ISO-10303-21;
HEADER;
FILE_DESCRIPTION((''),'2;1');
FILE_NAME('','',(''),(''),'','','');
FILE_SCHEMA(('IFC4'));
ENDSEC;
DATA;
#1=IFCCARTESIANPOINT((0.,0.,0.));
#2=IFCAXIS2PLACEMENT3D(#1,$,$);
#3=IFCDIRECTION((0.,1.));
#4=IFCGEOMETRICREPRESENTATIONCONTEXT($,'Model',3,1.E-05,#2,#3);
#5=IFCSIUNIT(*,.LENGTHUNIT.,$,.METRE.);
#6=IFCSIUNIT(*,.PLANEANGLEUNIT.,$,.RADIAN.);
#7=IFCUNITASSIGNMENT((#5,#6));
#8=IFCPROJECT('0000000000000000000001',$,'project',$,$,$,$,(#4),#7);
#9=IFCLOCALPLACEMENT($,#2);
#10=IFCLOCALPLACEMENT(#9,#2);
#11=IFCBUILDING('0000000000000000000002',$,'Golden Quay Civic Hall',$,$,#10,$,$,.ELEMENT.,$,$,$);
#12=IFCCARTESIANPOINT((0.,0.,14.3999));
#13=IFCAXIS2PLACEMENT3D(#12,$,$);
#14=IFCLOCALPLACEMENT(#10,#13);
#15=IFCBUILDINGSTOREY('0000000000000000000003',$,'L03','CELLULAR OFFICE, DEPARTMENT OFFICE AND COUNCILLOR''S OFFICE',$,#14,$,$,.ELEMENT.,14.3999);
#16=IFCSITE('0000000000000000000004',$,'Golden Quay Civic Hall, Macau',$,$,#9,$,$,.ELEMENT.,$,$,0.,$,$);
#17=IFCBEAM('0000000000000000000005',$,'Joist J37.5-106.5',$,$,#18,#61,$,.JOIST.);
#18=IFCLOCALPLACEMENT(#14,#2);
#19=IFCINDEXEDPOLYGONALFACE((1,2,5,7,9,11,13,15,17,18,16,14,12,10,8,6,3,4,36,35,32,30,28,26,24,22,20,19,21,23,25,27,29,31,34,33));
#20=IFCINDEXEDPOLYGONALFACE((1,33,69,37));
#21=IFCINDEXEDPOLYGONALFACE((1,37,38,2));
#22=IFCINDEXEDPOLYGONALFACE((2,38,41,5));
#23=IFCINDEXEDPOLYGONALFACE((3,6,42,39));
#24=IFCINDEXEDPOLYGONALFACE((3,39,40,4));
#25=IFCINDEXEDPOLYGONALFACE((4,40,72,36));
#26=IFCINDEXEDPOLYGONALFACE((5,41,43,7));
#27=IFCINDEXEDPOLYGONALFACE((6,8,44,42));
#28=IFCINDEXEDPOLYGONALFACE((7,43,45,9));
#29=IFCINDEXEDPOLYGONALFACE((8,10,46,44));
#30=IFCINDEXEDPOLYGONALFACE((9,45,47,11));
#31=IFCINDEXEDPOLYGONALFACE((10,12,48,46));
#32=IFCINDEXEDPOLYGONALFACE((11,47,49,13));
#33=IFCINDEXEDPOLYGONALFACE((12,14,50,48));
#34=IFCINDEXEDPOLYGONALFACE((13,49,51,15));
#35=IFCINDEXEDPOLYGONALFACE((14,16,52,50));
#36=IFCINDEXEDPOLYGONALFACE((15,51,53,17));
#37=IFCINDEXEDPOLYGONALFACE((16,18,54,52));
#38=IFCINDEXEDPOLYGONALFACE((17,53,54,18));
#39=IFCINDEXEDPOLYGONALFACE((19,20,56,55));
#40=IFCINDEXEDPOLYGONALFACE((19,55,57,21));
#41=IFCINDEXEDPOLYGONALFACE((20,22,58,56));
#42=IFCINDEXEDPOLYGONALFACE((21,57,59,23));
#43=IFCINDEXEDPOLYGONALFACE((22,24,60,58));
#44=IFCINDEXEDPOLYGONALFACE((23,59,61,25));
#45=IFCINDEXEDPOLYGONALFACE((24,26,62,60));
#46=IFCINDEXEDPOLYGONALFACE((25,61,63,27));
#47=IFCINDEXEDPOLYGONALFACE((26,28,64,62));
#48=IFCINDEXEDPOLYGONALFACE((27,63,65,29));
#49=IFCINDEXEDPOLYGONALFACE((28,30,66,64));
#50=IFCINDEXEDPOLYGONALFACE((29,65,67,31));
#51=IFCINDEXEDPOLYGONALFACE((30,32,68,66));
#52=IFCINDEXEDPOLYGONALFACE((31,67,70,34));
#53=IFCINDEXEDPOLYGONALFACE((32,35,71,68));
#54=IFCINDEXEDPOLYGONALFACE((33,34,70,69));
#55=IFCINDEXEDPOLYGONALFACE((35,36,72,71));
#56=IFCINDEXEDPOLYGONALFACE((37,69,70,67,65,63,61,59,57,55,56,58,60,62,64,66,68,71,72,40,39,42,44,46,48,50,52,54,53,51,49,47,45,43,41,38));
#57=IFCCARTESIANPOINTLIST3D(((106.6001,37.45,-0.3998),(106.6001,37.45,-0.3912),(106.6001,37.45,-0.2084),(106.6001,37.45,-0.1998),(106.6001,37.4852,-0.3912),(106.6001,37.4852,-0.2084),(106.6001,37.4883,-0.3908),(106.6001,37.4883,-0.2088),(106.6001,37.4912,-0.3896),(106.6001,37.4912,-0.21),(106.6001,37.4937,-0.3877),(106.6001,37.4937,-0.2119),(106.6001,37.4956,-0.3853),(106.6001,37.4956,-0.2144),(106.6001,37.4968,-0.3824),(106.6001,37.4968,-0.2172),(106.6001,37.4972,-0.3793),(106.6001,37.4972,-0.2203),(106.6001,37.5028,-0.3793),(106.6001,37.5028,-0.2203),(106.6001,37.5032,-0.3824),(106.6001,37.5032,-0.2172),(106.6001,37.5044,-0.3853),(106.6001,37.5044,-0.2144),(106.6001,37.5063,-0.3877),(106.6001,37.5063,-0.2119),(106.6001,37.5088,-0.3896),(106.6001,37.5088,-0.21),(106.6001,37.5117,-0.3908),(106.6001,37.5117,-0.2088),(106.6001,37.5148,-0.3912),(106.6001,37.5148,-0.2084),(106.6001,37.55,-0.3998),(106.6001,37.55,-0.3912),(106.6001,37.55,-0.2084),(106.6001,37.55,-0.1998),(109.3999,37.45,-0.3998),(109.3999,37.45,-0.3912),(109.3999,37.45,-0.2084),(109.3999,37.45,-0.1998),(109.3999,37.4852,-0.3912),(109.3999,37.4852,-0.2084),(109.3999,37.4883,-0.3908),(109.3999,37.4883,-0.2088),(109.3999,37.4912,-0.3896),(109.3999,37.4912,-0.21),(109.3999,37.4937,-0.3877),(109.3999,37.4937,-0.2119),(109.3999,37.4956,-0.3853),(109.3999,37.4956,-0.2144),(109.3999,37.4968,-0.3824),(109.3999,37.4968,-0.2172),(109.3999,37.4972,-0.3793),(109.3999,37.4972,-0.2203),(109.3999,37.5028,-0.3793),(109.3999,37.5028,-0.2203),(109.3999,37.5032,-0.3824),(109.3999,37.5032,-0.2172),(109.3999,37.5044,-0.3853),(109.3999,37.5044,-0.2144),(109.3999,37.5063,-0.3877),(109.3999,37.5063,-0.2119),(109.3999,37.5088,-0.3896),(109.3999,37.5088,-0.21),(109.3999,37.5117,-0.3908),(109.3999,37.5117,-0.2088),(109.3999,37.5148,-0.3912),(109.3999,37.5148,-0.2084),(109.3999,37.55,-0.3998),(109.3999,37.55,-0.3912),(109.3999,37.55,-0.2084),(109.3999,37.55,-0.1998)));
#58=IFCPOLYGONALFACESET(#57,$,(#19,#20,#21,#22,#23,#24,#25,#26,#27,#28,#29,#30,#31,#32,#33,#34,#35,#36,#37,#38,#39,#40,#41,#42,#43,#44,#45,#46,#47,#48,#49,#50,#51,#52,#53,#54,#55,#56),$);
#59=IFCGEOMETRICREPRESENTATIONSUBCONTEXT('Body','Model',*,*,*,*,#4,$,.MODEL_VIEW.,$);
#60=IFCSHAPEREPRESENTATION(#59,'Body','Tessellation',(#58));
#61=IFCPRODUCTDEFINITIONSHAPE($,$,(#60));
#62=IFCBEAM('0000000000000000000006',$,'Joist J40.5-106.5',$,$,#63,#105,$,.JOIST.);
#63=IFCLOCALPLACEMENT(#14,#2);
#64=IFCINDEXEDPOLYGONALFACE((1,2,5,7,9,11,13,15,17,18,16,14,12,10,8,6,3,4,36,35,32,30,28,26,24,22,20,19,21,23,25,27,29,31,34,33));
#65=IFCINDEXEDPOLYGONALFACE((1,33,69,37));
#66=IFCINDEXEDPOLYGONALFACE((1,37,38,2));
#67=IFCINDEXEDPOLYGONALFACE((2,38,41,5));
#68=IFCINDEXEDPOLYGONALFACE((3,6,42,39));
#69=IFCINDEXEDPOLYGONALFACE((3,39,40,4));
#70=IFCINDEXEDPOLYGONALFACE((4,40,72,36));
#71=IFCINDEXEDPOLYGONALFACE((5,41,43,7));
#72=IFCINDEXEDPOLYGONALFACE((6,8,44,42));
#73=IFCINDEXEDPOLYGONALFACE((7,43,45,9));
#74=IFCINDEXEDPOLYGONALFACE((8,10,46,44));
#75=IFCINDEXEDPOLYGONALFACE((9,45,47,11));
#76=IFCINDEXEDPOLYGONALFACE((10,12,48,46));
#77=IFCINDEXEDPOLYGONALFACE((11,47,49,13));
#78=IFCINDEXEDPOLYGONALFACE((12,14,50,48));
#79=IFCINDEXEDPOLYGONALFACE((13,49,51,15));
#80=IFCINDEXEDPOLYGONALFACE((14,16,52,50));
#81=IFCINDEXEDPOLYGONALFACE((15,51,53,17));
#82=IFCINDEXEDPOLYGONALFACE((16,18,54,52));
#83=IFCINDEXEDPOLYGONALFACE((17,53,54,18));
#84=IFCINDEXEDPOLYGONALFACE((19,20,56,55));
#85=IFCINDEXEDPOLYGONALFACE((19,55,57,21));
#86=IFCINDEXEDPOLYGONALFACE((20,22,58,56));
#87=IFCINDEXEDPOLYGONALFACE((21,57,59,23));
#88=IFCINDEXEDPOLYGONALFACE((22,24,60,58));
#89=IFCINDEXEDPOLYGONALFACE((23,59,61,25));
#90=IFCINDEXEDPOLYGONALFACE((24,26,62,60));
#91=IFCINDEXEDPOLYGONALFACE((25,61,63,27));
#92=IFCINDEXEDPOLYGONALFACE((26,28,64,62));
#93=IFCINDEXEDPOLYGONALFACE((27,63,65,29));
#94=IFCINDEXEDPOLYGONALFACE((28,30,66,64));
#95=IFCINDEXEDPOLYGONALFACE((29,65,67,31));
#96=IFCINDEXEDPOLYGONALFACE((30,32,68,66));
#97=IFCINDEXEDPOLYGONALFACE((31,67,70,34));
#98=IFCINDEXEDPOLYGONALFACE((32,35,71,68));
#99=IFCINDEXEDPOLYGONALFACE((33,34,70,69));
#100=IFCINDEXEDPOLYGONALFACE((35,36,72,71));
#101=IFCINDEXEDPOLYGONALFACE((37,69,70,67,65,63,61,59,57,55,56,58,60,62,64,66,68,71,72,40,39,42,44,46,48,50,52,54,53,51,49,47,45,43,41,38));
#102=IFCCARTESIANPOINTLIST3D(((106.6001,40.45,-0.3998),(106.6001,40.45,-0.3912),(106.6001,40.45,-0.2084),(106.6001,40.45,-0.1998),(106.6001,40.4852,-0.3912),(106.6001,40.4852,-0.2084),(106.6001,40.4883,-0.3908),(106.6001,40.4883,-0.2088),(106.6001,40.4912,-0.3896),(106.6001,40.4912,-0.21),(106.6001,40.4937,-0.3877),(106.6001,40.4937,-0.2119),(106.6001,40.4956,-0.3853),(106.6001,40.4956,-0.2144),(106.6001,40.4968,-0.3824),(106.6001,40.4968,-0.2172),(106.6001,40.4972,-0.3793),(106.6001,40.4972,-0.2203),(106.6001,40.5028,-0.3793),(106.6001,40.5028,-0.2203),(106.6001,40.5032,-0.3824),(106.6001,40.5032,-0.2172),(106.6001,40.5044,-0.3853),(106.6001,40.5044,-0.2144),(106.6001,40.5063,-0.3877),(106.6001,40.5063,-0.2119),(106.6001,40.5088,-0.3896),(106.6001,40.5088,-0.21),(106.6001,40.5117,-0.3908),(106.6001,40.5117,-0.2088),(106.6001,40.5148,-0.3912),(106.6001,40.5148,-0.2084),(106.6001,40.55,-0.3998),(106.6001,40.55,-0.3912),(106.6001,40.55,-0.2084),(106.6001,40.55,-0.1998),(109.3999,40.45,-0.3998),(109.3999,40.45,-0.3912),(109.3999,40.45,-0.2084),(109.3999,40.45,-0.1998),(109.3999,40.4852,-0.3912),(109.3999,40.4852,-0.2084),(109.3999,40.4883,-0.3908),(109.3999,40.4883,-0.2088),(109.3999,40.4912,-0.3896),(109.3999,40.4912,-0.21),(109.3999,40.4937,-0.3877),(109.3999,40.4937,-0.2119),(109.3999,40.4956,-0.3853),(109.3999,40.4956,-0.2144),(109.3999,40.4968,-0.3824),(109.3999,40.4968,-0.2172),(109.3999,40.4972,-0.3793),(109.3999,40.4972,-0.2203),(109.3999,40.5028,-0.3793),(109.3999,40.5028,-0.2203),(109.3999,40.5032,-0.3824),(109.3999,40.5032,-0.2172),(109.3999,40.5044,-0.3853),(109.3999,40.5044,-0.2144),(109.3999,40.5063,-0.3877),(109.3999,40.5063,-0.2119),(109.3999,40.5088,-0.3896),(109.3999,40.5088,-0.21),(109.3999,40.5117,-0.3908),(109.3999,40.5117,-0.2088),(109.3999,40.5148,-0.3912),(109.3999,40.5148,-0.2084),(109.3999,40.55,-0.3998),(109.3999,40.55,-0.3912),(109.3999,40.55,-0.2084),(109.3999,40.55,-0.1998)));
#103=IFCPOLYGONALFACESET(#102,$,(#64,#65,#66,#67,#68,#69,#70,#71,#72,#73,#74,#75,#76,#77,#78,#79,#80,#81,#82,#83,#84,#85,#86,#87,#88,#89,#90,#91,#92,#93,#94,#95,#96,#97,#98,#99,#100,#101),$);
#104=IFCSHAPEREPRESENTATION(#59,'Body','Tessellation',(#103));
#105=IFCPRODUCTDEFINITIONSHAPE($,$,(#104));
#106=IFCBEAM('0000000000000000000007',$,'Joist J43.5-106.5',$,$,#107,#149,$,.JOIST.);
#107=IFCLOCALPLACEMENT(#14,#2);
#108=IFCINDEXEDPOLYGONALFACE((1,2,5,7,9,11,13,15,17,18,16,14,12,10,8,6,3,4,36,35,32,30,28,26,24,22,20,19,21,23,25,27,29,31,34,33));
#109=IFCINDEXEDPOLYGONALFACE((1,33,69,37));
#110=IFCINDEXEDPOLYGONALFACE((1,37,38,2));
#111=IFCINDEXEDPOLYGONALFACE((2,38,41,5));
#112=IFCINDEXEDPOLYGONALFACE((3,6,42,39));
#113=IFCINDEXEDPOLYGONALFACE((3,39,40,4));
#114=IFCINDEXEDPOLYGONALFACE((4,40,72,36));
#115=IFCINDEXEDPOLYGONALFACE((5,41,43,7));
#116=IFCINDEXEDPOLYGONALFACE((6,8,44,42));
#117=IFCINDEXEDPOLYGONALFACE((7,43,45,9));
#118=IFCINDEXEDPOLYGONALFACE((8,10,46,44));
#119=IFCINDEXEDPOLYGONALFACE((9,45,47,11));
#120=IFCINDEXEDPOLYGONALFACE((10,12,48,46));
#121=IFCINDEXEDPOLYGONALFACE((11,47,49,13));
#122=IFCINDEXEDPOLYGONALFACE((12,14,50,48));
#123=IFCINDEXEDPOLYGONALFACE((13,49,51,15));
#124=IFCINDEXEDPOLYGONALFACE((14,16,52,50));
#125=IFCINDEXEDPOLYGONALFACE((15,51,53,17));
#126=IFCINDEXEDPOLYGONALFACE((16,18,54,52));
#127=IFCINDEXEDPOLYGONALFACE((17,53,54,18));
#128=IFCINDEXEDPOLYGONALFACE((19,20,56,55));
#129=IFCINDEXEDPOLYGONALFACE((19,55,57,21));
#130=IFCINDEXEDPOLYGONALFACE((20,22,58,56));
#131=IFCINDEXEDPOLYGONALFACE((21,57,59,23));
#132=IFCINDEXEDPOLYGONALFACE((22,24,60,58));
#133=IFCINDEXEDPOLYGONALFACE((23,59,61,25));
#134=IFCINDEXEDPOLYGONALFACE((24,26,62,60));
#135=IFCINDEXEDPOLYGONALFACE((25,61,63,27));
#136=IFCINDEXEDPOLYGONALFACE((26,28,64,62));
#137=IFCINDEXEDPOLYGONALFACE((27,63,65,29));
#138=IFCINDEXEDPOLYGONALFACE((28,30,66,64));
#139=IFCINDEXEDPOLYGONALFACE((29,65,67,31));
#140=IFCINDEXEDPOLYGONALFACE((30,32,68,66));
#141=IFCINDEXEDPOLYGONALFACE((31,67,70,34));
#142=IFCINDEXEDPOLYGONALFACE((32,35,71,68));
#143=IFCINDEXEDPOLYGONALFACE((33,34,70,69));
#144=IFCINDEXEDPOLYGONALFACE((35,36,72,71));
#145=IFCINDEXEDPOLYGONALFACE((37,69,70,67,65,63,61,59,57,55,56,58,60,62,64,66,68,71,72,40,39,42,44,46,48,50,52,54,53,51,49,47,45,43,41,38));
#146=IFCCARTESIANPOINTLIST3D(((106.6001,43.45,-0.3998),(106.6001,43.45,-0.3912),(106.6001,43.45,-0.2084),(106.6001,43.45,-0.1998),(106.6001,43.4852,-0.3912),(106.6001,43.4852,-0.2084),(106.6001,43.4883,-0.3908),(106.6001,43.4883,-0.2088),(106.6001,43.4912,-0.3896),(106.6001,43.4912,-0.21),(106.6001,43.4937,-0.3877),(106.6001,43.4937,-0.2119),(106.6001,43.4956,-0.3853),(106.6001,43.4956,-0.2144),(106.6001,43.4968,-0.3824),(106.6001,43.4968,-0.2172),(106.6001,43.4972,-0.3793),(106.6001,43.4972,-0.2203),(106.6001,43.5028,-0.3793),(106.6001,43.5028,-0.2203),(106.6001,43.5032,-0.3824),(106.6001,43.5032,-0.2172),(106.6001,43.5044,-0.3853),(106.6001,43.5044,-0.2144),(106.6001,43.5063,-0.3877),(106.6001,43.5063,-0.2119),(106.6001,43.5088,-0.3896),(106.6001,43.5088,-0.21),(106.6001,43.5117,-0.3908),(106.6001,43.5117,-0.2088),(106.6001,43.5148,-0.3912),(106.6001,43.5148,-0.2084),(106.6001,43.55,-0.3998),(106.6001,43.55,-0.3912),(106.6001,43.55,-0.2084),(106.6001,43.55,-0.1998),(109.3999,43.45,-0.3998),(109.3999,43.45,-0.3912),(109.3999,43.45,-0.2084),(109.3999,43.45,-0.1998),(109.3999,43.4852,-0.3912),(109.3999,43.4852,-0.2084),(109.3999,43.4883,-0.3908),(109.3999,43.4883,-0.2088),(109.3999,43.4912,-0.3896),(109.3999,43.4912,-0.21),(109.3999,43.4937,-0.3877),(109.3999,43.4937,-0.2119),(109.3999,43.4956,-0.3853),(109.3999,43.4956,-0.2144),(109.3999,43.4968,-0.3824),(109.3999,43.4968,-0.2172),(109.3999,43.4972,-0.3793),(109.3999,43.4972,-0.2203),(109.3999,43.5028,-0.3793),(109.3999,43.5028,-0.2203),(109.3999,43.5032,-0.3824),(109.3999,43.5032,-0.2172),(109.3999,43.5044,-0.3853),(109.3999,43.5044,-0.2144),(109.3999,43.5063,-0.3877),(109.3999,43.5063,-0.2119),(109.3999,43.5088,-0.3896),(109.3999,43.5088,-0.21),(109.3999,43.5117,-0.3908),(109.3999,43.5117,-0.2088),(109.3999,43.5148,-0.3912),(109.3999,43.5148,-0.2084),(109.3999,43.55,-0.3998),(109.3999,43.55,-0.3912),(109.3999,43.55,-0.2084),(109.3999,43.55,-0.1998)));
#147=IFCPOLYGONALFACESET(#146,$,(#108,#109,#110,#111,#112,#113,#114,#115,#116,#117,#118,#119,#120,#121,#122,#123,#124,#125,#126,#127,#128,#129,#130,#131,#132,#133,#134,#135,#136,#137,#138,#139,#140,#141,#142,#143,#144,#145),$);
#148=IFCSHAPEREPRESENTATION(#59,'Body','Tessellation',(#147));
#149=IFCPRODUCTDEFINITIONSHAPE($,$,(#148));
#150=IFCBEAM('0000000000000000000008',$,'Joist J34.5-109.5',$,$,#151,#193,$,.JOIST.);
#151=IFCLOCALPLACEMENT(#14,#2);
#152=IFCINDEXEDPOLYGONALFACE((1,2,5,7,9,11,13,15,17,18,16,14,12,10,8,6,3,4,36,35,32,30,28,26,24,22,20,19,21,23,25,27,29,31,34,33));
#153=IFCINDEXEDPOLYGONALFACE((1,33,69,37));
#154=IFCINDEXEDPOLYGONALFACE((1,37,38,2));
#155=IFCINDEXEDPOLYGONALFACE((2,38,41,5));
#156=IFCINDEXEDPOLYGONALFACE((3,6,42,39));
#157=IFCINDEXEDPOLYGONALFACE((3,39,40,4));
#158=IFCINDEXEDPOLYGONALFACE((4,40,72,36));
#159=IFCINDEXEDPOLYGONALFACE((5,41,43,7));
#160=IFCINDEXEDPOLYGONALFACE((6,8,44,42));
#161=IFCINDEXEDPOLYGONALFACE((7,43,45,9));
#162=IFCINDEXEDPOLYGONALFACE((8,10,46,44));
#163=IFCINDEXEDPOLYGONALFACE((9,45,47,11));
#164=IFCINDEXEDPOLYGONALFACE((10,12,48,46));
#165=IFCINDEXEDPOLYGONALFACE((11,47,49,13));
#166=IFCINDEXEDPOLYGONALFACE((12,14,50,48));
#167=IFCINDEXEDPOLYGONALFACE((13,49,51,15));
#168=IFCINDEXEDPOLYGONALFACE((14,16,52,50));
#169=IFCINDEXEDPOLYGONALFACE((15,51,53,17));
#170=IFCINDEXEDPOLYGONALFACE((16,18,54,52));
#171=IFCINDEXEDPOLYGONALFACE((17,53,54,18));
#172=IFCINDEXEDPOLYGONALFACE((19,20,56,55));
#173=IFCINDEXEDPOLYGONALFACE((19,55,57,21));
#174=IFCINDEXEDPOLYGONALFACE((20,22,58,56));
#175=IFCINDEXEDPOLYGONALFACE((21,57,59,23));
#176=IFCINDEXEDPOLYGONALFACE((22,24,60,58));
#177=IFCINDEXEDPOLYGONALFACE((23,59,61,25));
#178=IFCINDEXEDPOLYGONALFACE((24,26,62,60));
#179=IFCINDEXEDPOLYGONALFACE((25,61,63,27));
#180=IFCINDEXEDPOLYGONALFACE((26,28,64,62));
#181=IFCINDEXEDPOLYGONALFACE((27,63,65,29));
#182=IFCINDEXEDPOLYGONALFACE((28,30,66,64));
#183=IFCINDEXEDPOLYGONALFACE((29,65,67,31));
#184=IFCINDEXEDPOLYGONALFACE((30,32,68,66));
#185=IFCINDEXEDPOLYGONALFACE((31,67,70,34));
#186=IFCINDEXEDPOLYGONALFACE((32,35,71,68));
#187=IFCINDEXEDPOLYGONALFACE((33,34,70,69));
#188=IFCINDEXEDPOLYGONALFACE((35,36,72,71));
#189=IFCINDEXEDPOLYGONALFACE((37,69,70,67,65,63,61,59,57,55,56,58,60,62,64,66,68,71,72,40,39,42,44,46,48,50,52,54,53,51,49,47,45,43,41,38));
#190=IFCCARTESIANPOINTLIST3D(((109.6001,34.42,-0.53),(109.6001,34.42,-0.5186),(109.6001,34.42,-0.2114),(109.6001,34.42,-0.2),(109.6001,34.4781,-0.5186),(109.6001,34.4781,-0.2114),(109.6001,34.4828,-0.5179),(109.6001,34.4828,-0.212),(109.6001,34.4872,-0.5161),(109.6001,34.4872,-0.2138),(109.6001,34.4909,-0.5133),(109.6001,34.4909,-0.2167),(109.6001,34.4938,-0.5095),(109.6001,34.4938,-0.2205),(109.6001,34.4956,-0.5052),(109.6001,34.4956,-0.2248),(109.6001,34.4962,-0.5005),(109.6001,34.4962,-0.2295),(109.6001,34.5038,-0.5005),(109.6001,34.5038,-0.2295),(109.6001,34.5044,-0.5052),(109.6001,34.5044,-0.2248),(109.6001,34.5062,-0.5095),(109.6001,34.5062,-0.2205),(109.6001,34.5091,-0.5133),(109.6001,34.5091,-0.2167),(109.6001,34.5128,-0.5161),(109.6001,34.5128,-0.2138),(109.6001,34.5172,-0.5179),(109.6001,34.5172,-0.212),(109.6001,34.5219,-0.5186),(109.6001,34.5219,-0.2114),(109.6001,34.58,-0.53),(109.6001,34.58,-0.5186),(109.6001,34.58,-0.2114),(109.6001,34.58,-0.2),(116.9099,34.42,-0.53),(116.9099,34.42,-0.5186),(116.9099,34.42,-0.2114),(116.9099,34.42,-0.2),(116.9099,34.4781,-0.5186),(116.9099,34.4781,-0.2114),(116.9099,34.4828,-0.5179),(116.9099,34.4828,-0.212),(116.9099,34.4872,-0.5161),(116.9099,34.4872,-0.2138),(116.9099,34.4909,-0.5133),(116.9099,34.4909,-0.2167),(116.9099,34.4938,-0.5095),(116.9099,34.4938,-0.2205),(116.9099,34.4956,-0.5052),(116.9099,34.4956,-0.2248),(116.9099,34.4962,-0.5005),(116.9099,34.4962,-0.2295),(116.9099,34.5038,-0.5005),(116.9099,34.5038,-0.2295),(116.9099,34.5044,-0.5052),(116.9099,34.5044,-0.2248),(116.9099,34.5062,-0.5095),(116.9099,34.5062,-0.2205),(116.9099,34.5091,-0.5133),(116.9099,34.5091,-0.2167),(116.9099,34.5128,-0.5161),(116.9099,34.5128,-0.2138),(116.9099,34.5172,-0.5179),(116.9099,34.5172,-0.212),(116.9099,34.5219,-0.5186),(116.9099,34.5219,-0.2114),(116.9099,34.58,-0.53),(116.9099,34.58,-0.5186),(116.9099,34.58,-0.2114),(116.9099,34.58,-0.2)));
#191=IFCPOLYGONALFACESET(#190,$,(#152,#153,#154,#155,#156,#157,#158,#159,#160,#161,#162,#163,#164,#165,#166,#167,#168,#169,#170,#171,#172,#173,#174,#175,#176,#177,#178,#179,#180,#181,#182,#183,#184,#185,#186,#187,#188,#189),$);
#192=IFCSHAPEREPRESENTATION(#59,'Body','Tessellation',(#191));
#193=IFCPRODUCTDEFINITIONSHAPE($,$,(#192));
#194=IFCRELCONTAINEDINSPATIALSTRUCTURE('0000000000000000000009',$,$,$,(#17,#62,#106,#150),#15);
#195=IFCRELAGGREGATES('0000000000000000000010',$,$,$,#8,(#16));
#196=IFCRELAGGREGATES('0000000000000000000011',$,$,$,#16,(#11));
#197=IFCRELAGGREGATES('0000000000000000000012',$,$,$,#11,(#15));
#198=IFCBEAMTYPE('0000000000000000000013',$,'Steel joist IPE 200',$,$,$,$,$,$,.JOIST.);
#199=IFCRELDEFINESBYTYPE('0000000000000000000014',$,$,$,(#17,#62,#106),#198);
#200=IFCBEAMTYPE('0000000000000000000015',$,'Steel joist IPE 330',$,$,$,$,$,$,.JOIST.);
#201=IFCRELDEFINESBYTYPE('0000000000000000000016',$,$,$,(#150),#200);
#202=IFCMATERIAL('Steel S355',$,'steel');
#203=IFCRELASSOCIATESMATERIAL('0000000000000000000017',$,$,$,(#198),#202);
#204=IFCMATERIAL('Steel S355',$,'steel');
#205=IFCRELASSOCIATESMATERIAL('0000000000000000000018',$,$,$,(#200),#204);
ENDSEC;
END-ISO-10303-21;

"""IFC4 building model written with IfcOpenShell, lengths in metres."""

from ifc_helpers import new_model, si_unit, direction, frame, origin, origin_2d, place, context, subcontext, project, spatial, i_section, extrude, material, material_profile, profile_set, type_object, element, save


model = new_model("IFC4")

# Units and contexts
model_context = context("Model", 3, precision=1e-05, world=origin(), true_north=direction((0.0, 1.0)))
body_context = subcontext(model_context, "Body", "Model", "MODEL_VIEW")
ifc_project = project(units=[si_unit("LENGTHUNIT", "METRE"), si_unit("PLANEANGLEUNIT", "RADIAN")], contexts=[model_context])

# Site, building, storey
site_placement = place(None, origin())
site = spatial("IfcSite", under=ifc_project, at=site_placement, Name="Golden Quay Civic Hall, Macau", CompositionType="ELEMENT", RefElevation=0.0)
building_placement = place(site_placement, origin())
building = spatial("IfcBuilding", under=site, at=building_placement, Name="Golden Quay Civic Hall", CompositionType="ELEMENT")
storey_placement = place(building_placement, frame((0.0, 0.0, 14.3999)))
storey = spatial("IfcBuildingStorey", under=building, at=storey_placement, Name="L03", Description="CELLULAR OFFICE, DEPARTMENT OFFICE AND COUNCILLOR'S OFFICE", CompositionType="ELEMENT", Elevation=14.3999)

# Beams
ifc_material_1 = material(Name="Steel S355", Category="steel")
ifc_material_profile_1 = material_profile(ifc_material_1, i_section(OverallWidth=0.1001, OverallDepth=0.2, WebThickness=0.0056, FlangeThickness=0.0085, FilletRadius=0.012, at=origin_2d()), Name="IPE 200")
ifc_profile_set_1 = profile_set([ifc_material_profile_1], Name="Steel S355")
beam_type_1 = type_object("IfcBeamType", Name="Steel joist IPE 200", PredefinedType="JOIST", material=ifc_profile_set_1)
for number, where, z_axis, x_axis, name in (
    (1, (106.6001, 37.5, -0.2998), (1.0, 0.0, 0.0), (0.0, 1.0, 0.0), "Joist J37.5-106.5"),
    (2, (106.6001, 40.5, -0.2998), (1.0, 0.0, 0.0), (0.0, 1.0, 0.0), "Joist J40.5-106.5"),
    (3, (106.6001, 43.5, -0.2998), (1.0, 0.0, 0.0), (0.0, 1.0, 0.0), "Joist J43.5-106.5"),
):
    element("IfcBeam", number, at=place(storey_placement, frame(where, z_axis=z_axis, x_axis=x_axis)), inside=storey, type_object=beam_type_1, Name=name, PredefinedType="JOIST", context=body_context, shape_type="SweptSolid", body=[
        extrude(i_section(OverallWidth=0.1001, OverallDepth=0.2, WebThickness=0.0056, FlangeThickness=0.0085, FilletRadius=0.012, at=origin_2d()), origin(), (0.0, 0.0, 1.0), 2.7998),
    ])
ifc_material_2 = material(Name="Steel S355", Category="steel")
ifc_material_profile_2 = material_profile(ifc_material_2, i_section(OverallWidth=0.1599, OverallDepth=0.3301, WebThickness=0.0076, FlangeThickness=0.0115, FilletRadius=0.0181, at=origin_2d()), Name="IPE 330")
ifc_profile_set_2 = profile_set([ifc_material_profile_2], Name="Steel S355")
beam_type_2 = type_object("IfcBeamType", Name="Steel joist IPE 330", PredefinedType="JOIST", material=ifc_profile_set_2)
for number, where, z_axis, x_axis, name in (
    (4, (109.6001, 34.5, -0.365), (1.0, 0.0, 0.0), (0.0, 1.0, 0.0), "Joist J34.5-109.5"),
):
    element("IfcBeam", number, at=place(storey_placement, frame(where, z_axis=z_axis, x_axis=x_axis)), inside=storey, type_object=beam_type_2, Name=name, PredefinedType="JOIST", context=body_context, shape_type="SweptSolid", body=[
        extrude(i_section(OverallWidth=0.1599, OverallDepth=0.3301, WebThickness=0.0076, FlangeThickness=0.0115, FilletRadius=0.0181, at=origin_2d()), origin(), (0.0, 0.0, 1.0), 7.3098),
    ])

save(model, "model.ifc")
